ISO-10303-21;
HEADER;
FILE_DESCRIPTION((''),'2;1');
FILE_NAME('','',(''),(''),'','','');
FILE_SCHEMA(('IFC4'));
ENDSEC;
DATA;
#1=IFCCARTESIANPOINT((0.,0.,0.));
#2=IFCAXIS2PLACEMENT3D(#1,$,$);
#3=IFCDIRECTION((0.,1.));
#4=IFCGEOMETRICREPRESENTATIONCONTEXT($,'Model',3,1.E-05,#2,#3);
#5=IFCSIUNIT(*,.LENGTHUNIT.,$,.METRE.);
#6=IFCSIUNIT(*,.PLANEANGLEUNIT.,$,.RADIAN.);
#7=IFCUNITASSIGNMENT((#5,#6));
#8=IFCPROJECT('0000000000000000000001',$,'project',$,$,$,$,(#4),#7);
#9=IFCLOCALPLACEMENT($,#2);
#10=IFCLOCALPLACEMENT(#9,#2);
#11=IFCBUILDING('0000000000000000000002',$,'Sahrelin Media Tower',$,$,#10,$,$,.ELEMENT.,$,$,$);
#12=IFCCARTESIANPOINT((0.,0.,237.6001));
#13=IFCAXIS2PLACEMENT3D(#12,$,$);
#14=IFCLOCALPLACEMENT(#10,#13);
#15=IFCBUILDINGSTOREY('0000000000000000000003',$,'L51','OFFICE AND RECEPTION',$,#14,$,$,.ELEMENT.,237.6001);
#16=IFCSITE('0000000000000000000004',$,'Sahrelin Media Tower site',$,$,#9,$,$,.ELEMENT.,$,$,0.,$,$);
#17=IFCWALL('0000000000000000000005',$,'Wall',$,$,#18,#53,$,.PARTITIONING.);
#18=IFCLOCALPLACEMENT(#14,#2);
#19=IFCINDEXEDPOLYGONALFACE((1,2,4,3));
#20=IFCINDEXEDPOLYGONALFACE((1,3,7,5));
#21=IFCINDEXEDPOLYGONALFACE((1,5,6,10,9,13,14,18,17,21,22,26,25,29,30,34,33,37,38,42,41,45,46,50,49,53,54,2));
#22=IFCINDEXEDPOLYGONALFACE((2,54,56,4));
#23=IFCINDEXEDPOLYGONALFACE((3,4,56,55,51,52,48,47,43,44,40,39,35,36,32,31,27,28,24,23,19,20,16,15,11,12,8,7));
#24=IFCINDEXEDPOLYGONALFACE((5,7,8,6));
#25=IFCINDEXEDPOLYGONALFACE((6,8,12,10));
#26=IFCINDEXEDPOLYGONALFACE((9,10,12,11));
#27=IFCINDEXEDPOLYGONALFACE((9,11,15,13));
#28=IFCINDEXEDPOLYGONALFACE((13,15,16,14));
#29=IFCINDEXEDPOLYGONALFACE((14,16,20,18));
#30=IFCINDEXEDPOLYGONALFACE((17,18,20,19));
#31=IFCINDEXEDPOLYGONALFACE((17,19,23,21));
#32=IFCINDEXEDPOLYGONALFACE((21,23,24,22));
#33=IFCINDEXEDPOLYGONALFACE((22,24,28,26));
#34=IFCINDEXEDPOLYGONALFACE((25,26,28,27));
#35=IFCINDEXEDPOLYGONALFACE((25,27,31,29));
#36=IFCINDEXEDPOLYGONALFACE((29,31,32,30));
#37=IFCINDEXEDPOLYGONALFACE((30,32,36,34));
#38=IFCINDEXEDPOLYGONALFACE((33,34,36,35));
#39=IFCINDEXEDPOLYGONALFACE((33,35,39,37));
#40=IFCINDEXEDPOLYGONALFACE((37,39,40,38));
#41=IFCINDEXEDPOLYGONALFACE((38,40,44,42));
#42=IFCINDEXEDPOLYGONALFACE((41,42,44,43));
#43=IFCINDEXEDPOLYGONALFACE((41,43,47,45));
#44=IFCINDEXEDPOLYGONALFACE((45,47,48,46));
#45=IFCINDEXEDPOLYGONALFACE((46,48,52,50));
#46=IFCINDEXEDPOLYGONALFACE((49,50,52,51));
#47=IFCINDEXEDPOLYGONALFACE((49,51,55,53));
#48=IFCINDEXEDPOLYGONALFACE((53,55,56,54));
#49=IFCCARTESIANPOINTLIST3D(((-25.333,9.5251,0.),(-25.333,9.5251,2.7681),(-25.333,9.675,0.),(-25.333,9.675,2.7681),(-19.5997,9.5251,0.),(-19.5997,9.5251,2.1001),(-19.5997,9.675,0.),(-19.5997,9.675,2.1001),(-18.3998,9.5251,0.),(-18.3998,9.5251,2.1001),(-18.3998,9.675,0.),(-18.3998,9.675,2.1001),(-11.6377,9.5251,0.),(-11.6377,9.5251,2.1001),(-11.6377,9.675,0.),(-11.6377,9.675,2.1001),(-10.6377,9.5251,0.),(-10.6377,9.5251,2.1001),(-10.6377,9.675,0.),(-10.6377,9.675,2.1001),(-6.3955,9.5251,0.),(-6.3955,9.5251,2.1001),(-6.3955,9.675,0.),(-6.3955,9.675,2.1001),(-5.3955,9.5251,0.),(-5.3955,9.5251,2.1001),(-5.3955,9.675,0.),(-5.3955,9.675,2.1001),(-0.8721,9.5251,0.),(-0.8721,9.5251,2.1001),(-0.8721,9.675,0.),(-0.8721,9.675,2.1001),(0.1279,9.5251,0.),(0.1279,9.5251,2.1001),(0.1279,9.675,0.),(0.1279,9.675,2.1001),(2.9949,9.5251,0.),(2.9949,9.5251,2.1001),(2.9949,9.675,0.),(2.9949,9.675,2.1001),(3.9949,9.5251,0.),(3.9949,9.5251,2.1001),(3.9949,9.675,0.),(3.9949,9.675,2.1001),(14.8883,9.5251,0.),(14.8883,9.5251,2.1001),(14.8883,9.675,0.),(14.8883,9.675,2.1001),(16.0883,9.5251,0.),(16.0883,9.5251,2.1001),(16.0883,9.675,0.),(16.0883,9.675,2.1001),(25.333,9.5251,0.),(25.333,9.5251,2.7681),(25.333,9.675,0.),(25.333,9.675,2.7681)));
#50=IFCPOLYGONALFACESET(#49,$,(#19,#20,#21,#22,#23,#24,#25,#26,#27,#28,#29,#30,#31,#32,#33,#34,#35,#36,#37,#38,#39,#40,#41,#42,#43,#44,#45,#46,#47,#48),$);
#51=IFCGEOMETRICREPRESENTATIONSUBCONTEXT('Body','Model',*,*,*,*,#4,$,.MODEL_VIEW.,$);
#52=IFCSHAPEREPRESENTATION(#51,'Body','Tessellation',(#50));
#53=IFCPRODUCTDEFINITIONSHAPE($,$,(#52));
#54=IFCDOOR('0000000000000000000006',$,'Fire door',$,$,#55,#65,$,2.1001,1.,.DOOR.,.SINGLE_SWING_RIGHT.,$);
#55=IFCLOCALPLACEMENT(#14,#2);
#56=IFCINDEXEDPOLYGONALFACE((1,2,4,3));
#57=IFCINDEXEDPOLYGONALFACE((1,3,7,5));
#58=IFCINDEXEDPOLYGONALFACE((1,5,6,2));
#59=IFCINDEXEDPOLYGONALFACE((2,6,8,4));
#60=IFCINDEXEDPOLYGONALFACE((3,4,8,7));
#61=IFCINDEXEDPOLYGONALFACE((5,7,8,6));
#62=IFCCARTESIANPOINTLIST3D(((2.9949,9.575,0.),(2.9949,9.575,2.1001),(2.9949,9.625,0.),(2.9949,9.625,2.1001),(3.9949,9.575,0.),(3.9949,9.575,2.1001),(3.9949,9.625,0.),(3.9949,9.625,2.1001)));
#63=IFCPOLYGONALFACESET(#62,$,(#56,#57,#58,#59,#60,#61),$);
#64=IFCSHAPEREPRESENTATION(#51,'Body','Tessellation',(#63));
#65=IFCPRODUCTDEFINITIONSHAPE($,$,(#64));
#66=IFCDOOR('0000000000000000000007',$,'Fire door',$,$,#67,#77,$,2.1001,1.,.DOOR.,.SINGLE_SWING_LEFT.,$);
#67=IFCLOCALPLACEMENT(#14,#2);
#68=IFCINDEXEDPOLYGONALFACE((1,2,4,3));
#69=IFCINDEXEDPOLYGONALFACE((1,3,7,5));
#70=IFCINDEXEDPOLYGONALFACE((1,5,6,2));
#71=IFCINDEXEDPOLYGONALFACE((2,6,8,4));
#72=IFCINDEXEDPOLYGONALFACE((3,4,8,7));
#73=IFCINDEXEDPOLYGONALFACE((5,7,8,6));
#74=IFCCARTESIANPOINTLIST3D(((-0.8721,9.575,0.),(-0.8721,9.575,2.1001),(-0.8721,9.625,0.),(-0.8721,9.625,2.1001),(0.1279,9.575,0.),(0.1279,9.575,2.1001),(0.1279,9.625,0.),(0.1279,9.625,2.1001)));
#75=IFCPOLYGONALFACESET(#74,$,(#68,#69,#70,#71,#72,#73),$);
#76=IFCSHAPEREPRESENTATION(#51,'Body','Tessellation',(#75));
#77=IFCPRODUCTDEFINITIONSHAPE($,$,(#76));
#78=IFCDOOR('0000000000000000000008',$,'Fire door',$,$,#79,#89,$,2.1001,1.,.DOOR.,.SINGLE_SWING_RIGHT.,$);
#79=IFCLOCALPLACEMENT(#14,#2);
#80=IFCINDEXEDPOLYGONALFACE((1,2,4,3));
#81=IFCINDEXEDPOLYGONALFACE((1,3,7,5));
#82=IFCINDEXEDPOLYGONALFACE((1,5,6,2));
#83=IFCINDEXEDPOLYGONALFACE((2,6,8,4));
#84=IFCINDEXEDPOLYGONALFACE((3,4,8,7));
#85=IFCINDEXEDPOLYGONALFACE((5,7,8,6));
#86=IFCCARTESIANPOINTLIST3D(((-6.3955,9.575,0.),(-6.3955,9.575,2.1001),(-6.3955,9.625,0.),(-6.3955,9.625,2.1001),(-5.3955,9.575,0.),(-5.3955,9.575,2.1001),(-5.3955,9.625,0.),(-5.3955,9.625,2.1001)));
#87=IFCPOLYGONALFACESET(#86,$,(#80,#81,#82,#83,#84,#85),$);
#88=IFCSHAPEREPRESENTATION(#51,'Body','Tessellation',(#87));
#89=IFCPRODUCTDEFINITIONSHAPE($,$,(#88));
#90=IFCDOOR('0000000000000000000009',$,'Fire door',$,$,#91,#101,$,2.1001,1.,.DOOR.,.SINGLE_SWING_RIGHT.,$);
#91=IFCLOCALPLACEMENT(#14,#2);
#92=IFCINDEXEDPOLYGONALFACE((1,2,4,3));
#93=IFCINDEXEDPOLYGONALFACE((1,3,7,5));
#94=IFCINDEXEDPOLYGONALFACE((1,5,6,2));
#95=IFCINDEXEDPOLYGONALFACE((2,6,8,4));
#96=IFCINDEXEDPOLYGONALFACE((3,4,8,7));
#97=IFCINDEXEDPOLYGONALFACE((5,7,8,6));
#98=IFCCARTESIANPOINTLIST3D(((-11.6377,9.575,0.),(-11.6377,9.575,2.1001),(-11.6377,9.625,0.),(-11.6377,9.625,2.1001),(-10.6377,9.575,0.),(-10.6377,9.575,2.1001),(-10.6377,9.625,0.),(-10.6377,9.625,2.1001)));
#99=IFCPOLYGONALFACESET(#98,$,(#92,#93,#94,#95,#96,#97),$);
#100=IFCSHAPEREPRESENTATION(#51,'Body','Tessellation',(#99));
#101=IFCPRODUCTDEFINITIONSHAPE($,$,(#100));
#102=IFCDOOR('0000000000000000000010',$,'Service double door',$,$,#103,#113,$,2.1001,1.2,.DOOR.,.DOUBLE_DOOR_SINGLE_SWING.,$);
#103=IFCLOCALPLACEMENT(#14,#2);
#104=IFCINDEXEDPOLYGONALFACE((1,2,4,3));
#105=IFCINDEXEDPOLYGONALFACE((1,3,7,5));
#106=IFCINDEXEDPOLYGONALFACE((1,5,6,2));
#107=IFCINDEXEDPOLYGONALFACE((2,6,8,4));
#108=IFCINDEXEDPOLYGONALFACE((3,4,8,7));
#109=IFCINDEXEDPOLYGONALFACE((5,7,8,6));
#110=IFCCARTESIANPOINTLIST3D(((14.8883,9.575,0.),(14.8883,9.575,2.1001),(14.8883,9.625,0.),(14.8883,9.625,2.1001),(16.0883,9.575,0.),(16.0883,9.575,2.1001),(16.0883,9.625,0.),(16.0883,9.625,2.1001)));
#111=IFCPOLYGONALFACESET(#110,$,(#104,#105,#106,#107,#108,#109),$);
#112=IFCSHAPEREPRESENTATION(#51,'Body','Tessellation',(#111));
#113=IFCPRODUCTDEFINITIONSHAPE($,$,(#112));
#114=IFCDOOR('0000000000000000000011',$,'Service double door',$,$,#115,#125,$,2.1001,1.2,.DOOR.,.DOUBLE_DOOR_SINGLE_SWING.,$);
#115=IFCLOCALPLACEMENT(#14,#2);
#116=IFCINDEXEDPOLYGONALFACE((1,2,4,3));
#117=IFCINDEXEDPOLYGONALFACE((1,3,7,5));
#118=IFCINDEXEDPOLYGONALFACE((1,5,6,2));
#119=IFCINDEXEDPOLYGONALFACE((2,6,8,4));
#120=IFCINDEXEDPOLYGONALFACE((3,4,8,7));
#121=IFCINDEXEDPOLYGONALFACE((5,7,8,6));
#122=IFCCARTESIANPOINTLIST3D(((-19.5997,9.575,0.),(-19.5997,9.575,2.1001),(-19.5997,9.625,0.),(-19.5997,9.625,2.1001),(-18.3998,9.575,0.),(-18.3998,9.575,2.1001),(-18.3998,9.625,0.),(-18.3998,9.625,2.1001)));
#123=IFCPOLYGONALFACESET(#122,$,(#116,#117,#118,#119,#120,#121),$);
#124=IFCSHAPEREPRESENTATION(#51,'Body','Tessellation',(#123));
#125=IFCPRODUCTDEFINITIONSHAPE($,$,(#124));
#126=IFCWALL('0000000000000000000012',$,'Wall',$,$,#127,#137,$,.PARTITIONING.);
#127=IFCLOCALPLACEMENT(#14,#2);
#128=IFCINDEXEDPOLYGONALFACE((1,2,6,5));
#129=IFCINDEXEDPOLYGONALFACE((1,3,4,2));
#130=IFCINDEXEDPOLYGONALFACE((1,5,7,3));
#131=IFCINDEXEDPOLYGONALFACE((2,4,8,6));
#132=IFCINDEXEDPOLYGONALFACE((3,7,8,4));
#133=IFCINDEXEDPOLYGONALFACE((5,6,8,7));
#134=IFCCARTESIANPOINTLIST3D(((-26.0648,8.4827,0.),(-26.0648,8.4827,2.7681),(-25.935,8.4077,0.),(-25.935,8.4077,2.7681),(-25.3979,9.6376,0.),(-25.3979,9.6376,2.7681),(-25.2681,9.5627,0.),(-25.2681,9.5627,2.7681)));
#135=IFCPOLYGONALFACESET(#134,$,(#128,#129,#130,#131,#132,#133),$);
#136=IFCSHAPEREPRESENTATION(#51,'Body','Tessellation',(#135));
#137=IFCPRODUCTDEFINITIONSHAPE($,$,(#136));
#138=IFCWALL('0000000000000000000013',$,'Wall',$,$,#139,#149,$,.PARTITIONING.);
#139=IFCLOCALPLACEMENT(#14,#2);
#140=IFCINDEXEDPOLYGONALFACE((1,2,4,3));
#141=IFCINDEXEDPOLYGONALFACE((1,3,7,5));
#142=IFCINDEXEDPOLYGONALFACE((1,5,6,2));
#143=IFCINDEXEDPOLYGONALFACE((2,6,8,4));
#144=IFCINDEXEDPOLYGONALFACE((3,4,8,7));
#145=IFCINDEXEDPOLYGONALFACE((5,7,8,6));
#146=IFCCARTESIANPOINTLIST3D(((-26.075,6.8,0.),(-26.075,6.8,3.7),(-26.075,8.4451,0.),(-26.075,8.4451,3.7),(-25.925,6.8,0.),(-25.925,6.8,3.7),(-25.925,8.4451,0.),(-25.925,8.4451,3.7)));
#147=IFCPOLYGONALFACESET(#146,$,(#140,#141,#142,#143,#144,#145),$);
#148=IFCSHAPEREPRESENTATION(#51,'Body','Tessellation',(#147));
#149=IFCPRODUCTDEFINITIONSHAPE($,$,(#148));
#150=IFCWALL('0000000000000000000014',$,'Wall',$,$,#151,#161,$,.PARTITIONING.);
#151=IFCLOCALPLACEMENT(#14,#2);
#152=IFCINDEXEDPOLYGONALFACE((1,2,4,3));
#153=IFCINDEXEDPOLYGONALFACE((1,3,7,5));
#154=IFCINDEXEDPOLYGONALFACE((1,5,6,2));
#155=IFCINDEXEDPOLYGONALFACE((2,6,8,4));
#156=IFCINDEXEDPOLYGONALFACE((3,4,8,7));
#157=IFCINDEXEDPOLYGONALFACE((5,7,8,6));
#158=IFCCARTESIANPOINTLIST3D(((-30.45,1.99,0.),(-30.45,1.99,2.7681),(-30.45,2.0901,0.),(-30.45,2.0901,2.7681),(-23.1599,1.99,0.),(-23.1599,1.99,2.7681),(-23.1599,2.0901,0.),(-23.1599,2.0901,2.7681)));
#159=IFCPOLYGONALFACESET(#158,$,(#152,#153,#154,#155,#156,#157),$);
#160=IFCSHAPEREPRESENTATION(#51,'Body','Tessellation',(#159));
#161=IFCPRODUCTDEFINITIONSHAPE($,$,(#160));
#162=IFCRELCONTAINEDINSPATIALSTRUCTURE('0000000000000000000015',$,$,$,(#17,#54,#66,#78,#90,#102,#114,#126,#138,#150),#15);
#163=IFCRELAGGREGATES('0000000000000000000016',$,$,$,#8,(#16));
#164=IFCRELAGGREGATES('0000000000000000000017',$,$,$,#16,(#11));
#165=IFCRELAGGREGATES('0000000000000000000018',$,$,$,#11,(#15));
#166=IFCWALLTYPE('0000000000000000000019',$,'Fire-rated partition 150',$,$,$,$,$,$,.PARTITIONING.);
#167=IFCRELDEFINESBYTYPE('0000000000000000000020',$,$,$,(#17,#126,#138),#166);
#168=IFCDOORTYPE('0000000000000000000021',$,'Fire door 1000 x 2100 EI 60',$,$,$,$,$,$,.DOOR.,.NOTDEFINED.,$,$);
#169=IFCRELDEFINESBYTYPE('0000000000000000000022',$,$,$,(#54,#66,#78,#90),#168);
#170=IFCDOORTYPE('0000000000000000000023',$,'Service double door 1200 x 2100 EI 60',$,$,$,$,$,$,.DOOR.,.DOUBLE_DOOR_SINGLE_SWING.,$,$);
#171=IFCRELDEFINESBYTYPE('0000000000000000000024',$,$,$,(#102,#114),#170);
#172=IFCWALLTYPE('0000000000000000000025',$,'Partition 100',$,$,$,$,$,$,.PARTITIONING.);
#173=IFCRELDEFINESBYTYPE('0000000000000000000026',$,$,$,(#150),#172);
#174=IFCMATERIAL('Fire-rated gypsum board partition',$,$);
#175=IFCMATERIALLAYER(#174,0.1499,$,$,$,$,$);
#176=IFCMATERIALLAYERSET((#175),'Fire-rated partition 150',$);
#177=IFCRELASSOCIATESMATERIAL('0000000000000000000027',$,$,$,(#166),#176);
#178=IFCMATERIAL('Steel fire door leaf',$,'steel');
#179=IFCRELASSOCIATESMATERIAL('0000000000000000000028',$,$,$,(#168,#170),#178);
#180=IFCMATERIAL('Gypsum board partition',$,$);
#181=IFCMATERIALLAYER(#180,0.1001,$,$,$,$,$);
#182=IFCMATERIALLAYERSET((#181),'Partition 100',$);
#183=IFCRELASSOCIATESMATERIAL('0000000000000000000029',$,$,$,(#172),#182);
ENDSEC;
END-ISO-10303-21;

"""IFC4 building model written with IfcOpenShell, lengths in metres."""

from ifc_helpers import new_model, si_unit, direction, frame, frame_2d, origin, place, context, subcontext, project, spatial, rectangle, extrude, material, layer, layer_set, type_object, element, fill, save


model = new_model("IFC4")

# Units and contexts
model_context = context("Model", 3, precision=1e-05, world=origin(), true_north=direction((0.0, 1.0)))
body_context = subcontext(model_context, "Body", "Model", "MODEL_VIEW")
ifc_project = project(units=[si_unit("LENGTHUNIT", "METRE"), si_unit("PLANEANGLEUNIT", "RADIAN")], contexts=[model_context])

# Site, building, storey
site_placement = place(None, origin())
site = spatial("IfcSite", under=ifc_project, at=site_placement, Name="Sahrelin Media Tower site", CompositionType="ELEMENT", RefElevation=0.0)
building_placement = place(site_placement, origin())
building = spatial("IfcBuilding", under=site, at=building_placement, Name="Sahrelin Media Tower", CompositionType="ELEMENT")
storey_placement = place(building_placement, frame((0.0, 0.0, 237.6001)))
storey = spatial("IfcBuildingStorey", under=building, at=storey_placement, Name="L51", Description="OFFICE AND RECEPTION", CompositionType="ELEMENT", Elevation=237.6001)

# Shared definitions
ifc_material_1 = material(Name="Fire-rated gypsum board partition")
ifc_layer_1 = layer(ifc_material_1, 0.1499)
ifc_layer_set_1 = layer_set([ifc_layer_1], Name="Fire-rated partition 150")
wall_type_1 = type_object("IfcWallType", Name="Fire-rated partition 150", PredefinedType="PARTITIONING", material=ifc_layer_set_1)

# Wall, openings, doors
wall_1_placement = place(storey_placement, frame((-25.333, 9.6001, 0.0), z_axis=(0.0, 0.0, 1.0), x_axis=(1.0, 0.0, 0.0)))
wall_1 = element("IfcWall", 1, at=wall_1_placement, inside=storey, type_object=wall_type_1, Name="Wall", PredefinedType="PARTITIONING", context=body_context, shape_type="SweptSolid", body=[
    extrude(rectangle(XDim=50.666, YDim=0.1499, at=frame_2d((25.333, 0.0))), origin(), (0.0, 0.0, 1.0), 2.7681),
])
opening_1_placement = place(wall_1_placement, frame((40.2212, 0.0, 0.0)))
opening_1 = element("IfcOpeningElement", 2, at=opening_1_placement, cuts=wall_1, PredefinedType="OPENING", context=body_context, shape_type="SweptSolid", body=[
    extrude(rectangle(XDim=1.2, YDim=2.1001, at=frame_2d((0.6001, 1.05))), frame((0.0, 0.075, 0.0), z_axis=(0.0, -1.0, 0.0), x_axis=(1.0, 0.0, 0.0)), (0.0, 0.0, 1.0), 0.1499),
])
opening_2_placement = place(wall_1_placement, frame((28.3279, 0.0, 0.0)))
opening_2 = element("IfcOpeningElement", 3, at=opening_2_placement, cuts=wall_1, PredefinedType="OPENING", context=body_context, shape_type="SweptSolid", body=[
    extrude(rectangle(XDim=1.0, YDim=2.1001, at=frame_2d((0.5, 1.05))), frame((0.0, 0.075, 0.0), z_axis=(0.0, -1.0, 0.0), x_axis=(1.0, 0.0, 0.0)), (0.0, 0.0, 1.0), 0.1499),
])
opening_3_placement = place(wall_1_placement, frame((24.4609, 0.0, 0.0)))
opening_3 = element("IfcOpeningElement", 4, at=opening_3_placement, cuts=wall_1, PredefinedType="OPENING", context=body_context, shape_type="SweptSolid", body=[
    extrude(rectangle(XDim=1.0, YDim=2.1001, at=frame_2d((0.5, 1.05))), frame((0.0, 0.075, 0.0), z_axis=(0.0, -1.0, 0.0), x_axis=(1.0, 0.0, 0.0)), (0.0, 0.0, 1.0), 0.1499),
])
opening_4_placement = place(wall_1_placement, frame((18.9375, 0.0, 0.0)))
opening_4 = element("IfcOpeningElement", 5, at=opening_4_placement, cuts=wall_1, PredefinedType="OPENING", context=body_context, shape_type="SweptSolid", body=[
    extrude(rectangle(XDim=1.0, YDim=2.1001, at=frame_2d((0.5, 1.05))), frame((0.0, 0.075, 0.0), z_axis=(0.0, -1.0, 0.0), x_axis=(1.0, 0.0, 0.0)), (0.0, 0.0, 1.0), 0.1499),
])
opening_5_placement = place(wall_1_placement, frame((13.6953, 0.0, 0.0)))
opening_5 = element("IfcOpeningElement", 6, at=opening_5_placement, cuts=wall_1, PredefinedType="OPENING", context=body_context, shape_type="SweptSolid", body=[
    extrude(rectangle(XDim=1.0, YDim=2.1001, at=frame_2d((0.5, 1.05))), frame((0.0, 0.075, 0.0), z_axis=(0.0, -1.0, 0.0), x_axis=(1.0, 0.0, 0.0)), (0.0, 0.0, 1.0), 0.1499),
])
opening_6_placement = place(wall_1_placement, frame((5.7332, 0.0, 0.0)))
opening_6 = element("IfcOpeningElement", 7, at=opening_6_placement, cuts=wall_1, PredefinedType="OPENING", context=body_context, shape_type="SweptSolid", body=[
    extrude(rectangle(XDim=1.2, YDim=2.1001, at=frame_2d((0.6001, 1.05))), frame((0.0, 0.075, 0.0), z_axis=(0.0, -1.0, 0.0), x_axis=(1.0, 0.0, 0.0)), (0.0, 0.0, 1.0), 0.1499),
])
ifc_material_2 = material(Name="Steel fire door leaf", Category="steel")
door_type_1 = type_object("IfcDoorType", Name="Fire door 1000 x 2100 EI 60", OperationType="NOTDEFINED", PredefinedType="DOOR", material=ifc_material_2)
door_1_placement = place(opening_2_placement, origin())
door_1 = element("IfcDoor", 8, at=door_1_placement, inside=storey, type_object=door_type_1, Name="Fire door", OperationType="SINGLE_SWING_RIGHT", OverallHeight=2.1001, OverallWidth=1.0, PredefinedType="DOOR", context=body_context, shape_type="SweptSolid", body=[
    extrude(rectangle(XDim=1.0, YDim=2.1001, at=frame_2d((0.5, 1.05))), frame((0.0, 0.0249, 0.0), z_axis=(0.0, -1.0, 0.0), x_axis=(1.0, 0.0, 0.0)), (0.0, 0.0, 1.0), 0.05),
])
fill(opening_2, door_1)
door_2_placement = place(opening_3_placement, origin())
door_2 = element("IfcDoor", 9, at=door_2_placement, inside=storey, type_object=door_type_1, Name="Fire door", OperationType="SINGLE_SWING_LEFT", OverallHeight=2.1001, OverallWidth=1.0, PredefinedType="DOOR", context=body_context, shape_type="SweptSolid", body=[
    extrude(rectangle(XDim=1.0, YDim=2.1001, at=frame_2d((0.5, 1.05))), frame((0.0, 0.0249, 0.0), z_axis=(0.0, -1.0, 0.0), x_axis=(1.0, 0.0, 0.0)), (0.0, 0.0, 1.0), 0.05),
])
fill(opening_3, door_2)
door_3_placement = place(opening_4_placement, origin())
door_3 = element("IfcDoor", 10, at=door_3_placement, inside=storey, type_object=door_type_1, Name="Fire door", OperationType="SINGLE_SWING_RIGHT", OverallHeight=2.1001, OverallWidth=1.0, PredefinedType="DOOR", context=body_context, shape_type="SweptSolid", body=[
    extrude(rectangle(XDim=1.0, YDim=2.1001, at=frame_2d((0.5, 1.05))), frame((0.0, 0.0249, 0.0), z_axis=(0.0, -1.0, 0.0), x_axis=(1.0, 0.0, 0.0)), (0.0, 0.0, 1.0), 0.05),
])
fill(opening_4, door_3)
door_4_placement = place(opening_5_placement, origin())
door_4 = element("IfcDoor", 11, at=door_4_placement, inside=storey, type_object=door_type_1, Name="Fire door", OperationType="SINGLE_SWING_RIGHT", OverallHeight=2.1001, OverallWidth=1.0, PredefinedType="DOOR", context=body_context, shape_type="SweptSolid", body=[
    extrude(rectangle(XDim=1.0, YDim=2.1001, at=frame_2d((0.5, 1.05))), frame((0.0, 0.0249, 0.0), z_axis=(0.0, -1.0, 0.0), x_axis=(1.0, 0.0, 0.0)), (0.0, 0.0, 1.0), 0.05),
])
fill(opening_5, door_4)
door_type_2 = type_object("IfcDoorType", Name="Service double door 1200 x 2100 EI 60", OperationType="DOUBLE_DOOR_SINGLE_SWING", PredefinedType="DOOR", material=ifc_material_2)
door_5_placement = place(opening_1_placement, origin())
door_5 = element("IfcDoor", 12, at=door_5_placement, inside=storey, type_object=door_type_2, Name="Service double door", OperationType="DOUBLE_DOOR_SINGLE_SWING", OverallHeight=2.1001, OverallWidth=1.2, PredefinedType="DOOR", context=body_context, shape_type="SweptSolid", body=[
    extrude(rectangle(XDim=1.2, YDim=2.1001, at=frame_2d((0.6001, 1.05))), frame((0.0, 0.0249, 0.0), z_axis=(0.0, -1.0, 0.0), x_axis=(1.0, 0.0, 0.0)), (0.0, 0.0, 1.0), 0.05),
])
fill(opening_1, door_5)
door_6_placement = place(opening_6_placement, origin())
door_6 = element("IfcDoor", 13, at=door_6_placement, inside=storey, type_object=door_type_2, Name="Service double door", OperationType="DOUBLE_DOOR_SINGLE_SWING", OverallHeight=2.1001, OverallWidth=1.2, PredefinedType="DOOR", context=body_context, shape_type="SweptSolid", body=[
    extrude(rectangle(XDim=1.2, YDim=2.1001, at=frame_2d((0.6001, 1.05))), frame((0.0, 0.0249, 0.0), z_axis=(0.0, -1.0, 0.0), x_axis=(1.0, 0.0, 0.0)), (0.0, 0.0, 1.0), 0.05),
])
fill(opening_6, door_6)

# Walls
wall_2_placement = place(storey_placement, frame((-26.0, 8.4451, 0.0), z_axis=(0.0, 0.0, 1.0), x_axis=(0.500076, 0.865981, 0.0)))
element("IfcWall", 14, at=wall_2_placement, inside=storey, type_object=wall_type_1, Name="Wall", PredefinedType="PARTITIONING", context=body_context, shape_type="SweptSolid", body=[
    extrude(rectangle(XDim=1.3337, YDim=0.1499, at=frame_2d((0.667, 0.0))), origin(), (0.0, 0.0, 1.0), 2.7681),
])
wall_3_placement = place(storey_placement, frame((-26.0, 6.8, 0.0), z_axis=(0.0, 0.0, 1.0), x_axis=(0.0, 1.0, 0.0)))
element("IfcWall", 15, at=wall_3_placement, inside=storey, type_object=wall_type_1, Name="Wall", PredefinedType="PARTITIONING", context=body_context, shape_type="SweptSolid", body=[
    extrude(rectangle(XDim=1.645, YDim=0.1499, at=frame_2d((0.8225, 0.0))), origin(), (0.0, 0.0, 1.0), 3.7),
])
ifc_material_3 = material(Name="Gypsum board partition")
ifc_layer_2 = layer(ifc_material_3, 0.1001)
ifc_layer_set_2 = layer_set([ifc_layer_2], Name="Partition 100")
wall_type_2 = type_object("IfcWallType", Name="Partition 100", PredefinedType="PARTITIONING", material=ifc_layer_set_2)
wall_4_placement = place(storey_placement, frame((-30.45, 2.04, 0.0), z_axis=(0.0, 0.0, 1.0), x_axis=(1.0, 0.0, 0.0)))
element("IfcWall", 16, at=wall_4_placement, inside=storey, type_object=wall_type_2, Name="Wall", PredefinedType="PARTITIONING", context=body_context, shape_type="SweptSolid", body=[
    extrude(rectangle(XDim=7.29, YDim=0.1001, at=frame_2d((3.645, 0.0))), origin(), (0.0, 0.0, 1.0), 2.7681),
])

save(model, "model.ifc")
